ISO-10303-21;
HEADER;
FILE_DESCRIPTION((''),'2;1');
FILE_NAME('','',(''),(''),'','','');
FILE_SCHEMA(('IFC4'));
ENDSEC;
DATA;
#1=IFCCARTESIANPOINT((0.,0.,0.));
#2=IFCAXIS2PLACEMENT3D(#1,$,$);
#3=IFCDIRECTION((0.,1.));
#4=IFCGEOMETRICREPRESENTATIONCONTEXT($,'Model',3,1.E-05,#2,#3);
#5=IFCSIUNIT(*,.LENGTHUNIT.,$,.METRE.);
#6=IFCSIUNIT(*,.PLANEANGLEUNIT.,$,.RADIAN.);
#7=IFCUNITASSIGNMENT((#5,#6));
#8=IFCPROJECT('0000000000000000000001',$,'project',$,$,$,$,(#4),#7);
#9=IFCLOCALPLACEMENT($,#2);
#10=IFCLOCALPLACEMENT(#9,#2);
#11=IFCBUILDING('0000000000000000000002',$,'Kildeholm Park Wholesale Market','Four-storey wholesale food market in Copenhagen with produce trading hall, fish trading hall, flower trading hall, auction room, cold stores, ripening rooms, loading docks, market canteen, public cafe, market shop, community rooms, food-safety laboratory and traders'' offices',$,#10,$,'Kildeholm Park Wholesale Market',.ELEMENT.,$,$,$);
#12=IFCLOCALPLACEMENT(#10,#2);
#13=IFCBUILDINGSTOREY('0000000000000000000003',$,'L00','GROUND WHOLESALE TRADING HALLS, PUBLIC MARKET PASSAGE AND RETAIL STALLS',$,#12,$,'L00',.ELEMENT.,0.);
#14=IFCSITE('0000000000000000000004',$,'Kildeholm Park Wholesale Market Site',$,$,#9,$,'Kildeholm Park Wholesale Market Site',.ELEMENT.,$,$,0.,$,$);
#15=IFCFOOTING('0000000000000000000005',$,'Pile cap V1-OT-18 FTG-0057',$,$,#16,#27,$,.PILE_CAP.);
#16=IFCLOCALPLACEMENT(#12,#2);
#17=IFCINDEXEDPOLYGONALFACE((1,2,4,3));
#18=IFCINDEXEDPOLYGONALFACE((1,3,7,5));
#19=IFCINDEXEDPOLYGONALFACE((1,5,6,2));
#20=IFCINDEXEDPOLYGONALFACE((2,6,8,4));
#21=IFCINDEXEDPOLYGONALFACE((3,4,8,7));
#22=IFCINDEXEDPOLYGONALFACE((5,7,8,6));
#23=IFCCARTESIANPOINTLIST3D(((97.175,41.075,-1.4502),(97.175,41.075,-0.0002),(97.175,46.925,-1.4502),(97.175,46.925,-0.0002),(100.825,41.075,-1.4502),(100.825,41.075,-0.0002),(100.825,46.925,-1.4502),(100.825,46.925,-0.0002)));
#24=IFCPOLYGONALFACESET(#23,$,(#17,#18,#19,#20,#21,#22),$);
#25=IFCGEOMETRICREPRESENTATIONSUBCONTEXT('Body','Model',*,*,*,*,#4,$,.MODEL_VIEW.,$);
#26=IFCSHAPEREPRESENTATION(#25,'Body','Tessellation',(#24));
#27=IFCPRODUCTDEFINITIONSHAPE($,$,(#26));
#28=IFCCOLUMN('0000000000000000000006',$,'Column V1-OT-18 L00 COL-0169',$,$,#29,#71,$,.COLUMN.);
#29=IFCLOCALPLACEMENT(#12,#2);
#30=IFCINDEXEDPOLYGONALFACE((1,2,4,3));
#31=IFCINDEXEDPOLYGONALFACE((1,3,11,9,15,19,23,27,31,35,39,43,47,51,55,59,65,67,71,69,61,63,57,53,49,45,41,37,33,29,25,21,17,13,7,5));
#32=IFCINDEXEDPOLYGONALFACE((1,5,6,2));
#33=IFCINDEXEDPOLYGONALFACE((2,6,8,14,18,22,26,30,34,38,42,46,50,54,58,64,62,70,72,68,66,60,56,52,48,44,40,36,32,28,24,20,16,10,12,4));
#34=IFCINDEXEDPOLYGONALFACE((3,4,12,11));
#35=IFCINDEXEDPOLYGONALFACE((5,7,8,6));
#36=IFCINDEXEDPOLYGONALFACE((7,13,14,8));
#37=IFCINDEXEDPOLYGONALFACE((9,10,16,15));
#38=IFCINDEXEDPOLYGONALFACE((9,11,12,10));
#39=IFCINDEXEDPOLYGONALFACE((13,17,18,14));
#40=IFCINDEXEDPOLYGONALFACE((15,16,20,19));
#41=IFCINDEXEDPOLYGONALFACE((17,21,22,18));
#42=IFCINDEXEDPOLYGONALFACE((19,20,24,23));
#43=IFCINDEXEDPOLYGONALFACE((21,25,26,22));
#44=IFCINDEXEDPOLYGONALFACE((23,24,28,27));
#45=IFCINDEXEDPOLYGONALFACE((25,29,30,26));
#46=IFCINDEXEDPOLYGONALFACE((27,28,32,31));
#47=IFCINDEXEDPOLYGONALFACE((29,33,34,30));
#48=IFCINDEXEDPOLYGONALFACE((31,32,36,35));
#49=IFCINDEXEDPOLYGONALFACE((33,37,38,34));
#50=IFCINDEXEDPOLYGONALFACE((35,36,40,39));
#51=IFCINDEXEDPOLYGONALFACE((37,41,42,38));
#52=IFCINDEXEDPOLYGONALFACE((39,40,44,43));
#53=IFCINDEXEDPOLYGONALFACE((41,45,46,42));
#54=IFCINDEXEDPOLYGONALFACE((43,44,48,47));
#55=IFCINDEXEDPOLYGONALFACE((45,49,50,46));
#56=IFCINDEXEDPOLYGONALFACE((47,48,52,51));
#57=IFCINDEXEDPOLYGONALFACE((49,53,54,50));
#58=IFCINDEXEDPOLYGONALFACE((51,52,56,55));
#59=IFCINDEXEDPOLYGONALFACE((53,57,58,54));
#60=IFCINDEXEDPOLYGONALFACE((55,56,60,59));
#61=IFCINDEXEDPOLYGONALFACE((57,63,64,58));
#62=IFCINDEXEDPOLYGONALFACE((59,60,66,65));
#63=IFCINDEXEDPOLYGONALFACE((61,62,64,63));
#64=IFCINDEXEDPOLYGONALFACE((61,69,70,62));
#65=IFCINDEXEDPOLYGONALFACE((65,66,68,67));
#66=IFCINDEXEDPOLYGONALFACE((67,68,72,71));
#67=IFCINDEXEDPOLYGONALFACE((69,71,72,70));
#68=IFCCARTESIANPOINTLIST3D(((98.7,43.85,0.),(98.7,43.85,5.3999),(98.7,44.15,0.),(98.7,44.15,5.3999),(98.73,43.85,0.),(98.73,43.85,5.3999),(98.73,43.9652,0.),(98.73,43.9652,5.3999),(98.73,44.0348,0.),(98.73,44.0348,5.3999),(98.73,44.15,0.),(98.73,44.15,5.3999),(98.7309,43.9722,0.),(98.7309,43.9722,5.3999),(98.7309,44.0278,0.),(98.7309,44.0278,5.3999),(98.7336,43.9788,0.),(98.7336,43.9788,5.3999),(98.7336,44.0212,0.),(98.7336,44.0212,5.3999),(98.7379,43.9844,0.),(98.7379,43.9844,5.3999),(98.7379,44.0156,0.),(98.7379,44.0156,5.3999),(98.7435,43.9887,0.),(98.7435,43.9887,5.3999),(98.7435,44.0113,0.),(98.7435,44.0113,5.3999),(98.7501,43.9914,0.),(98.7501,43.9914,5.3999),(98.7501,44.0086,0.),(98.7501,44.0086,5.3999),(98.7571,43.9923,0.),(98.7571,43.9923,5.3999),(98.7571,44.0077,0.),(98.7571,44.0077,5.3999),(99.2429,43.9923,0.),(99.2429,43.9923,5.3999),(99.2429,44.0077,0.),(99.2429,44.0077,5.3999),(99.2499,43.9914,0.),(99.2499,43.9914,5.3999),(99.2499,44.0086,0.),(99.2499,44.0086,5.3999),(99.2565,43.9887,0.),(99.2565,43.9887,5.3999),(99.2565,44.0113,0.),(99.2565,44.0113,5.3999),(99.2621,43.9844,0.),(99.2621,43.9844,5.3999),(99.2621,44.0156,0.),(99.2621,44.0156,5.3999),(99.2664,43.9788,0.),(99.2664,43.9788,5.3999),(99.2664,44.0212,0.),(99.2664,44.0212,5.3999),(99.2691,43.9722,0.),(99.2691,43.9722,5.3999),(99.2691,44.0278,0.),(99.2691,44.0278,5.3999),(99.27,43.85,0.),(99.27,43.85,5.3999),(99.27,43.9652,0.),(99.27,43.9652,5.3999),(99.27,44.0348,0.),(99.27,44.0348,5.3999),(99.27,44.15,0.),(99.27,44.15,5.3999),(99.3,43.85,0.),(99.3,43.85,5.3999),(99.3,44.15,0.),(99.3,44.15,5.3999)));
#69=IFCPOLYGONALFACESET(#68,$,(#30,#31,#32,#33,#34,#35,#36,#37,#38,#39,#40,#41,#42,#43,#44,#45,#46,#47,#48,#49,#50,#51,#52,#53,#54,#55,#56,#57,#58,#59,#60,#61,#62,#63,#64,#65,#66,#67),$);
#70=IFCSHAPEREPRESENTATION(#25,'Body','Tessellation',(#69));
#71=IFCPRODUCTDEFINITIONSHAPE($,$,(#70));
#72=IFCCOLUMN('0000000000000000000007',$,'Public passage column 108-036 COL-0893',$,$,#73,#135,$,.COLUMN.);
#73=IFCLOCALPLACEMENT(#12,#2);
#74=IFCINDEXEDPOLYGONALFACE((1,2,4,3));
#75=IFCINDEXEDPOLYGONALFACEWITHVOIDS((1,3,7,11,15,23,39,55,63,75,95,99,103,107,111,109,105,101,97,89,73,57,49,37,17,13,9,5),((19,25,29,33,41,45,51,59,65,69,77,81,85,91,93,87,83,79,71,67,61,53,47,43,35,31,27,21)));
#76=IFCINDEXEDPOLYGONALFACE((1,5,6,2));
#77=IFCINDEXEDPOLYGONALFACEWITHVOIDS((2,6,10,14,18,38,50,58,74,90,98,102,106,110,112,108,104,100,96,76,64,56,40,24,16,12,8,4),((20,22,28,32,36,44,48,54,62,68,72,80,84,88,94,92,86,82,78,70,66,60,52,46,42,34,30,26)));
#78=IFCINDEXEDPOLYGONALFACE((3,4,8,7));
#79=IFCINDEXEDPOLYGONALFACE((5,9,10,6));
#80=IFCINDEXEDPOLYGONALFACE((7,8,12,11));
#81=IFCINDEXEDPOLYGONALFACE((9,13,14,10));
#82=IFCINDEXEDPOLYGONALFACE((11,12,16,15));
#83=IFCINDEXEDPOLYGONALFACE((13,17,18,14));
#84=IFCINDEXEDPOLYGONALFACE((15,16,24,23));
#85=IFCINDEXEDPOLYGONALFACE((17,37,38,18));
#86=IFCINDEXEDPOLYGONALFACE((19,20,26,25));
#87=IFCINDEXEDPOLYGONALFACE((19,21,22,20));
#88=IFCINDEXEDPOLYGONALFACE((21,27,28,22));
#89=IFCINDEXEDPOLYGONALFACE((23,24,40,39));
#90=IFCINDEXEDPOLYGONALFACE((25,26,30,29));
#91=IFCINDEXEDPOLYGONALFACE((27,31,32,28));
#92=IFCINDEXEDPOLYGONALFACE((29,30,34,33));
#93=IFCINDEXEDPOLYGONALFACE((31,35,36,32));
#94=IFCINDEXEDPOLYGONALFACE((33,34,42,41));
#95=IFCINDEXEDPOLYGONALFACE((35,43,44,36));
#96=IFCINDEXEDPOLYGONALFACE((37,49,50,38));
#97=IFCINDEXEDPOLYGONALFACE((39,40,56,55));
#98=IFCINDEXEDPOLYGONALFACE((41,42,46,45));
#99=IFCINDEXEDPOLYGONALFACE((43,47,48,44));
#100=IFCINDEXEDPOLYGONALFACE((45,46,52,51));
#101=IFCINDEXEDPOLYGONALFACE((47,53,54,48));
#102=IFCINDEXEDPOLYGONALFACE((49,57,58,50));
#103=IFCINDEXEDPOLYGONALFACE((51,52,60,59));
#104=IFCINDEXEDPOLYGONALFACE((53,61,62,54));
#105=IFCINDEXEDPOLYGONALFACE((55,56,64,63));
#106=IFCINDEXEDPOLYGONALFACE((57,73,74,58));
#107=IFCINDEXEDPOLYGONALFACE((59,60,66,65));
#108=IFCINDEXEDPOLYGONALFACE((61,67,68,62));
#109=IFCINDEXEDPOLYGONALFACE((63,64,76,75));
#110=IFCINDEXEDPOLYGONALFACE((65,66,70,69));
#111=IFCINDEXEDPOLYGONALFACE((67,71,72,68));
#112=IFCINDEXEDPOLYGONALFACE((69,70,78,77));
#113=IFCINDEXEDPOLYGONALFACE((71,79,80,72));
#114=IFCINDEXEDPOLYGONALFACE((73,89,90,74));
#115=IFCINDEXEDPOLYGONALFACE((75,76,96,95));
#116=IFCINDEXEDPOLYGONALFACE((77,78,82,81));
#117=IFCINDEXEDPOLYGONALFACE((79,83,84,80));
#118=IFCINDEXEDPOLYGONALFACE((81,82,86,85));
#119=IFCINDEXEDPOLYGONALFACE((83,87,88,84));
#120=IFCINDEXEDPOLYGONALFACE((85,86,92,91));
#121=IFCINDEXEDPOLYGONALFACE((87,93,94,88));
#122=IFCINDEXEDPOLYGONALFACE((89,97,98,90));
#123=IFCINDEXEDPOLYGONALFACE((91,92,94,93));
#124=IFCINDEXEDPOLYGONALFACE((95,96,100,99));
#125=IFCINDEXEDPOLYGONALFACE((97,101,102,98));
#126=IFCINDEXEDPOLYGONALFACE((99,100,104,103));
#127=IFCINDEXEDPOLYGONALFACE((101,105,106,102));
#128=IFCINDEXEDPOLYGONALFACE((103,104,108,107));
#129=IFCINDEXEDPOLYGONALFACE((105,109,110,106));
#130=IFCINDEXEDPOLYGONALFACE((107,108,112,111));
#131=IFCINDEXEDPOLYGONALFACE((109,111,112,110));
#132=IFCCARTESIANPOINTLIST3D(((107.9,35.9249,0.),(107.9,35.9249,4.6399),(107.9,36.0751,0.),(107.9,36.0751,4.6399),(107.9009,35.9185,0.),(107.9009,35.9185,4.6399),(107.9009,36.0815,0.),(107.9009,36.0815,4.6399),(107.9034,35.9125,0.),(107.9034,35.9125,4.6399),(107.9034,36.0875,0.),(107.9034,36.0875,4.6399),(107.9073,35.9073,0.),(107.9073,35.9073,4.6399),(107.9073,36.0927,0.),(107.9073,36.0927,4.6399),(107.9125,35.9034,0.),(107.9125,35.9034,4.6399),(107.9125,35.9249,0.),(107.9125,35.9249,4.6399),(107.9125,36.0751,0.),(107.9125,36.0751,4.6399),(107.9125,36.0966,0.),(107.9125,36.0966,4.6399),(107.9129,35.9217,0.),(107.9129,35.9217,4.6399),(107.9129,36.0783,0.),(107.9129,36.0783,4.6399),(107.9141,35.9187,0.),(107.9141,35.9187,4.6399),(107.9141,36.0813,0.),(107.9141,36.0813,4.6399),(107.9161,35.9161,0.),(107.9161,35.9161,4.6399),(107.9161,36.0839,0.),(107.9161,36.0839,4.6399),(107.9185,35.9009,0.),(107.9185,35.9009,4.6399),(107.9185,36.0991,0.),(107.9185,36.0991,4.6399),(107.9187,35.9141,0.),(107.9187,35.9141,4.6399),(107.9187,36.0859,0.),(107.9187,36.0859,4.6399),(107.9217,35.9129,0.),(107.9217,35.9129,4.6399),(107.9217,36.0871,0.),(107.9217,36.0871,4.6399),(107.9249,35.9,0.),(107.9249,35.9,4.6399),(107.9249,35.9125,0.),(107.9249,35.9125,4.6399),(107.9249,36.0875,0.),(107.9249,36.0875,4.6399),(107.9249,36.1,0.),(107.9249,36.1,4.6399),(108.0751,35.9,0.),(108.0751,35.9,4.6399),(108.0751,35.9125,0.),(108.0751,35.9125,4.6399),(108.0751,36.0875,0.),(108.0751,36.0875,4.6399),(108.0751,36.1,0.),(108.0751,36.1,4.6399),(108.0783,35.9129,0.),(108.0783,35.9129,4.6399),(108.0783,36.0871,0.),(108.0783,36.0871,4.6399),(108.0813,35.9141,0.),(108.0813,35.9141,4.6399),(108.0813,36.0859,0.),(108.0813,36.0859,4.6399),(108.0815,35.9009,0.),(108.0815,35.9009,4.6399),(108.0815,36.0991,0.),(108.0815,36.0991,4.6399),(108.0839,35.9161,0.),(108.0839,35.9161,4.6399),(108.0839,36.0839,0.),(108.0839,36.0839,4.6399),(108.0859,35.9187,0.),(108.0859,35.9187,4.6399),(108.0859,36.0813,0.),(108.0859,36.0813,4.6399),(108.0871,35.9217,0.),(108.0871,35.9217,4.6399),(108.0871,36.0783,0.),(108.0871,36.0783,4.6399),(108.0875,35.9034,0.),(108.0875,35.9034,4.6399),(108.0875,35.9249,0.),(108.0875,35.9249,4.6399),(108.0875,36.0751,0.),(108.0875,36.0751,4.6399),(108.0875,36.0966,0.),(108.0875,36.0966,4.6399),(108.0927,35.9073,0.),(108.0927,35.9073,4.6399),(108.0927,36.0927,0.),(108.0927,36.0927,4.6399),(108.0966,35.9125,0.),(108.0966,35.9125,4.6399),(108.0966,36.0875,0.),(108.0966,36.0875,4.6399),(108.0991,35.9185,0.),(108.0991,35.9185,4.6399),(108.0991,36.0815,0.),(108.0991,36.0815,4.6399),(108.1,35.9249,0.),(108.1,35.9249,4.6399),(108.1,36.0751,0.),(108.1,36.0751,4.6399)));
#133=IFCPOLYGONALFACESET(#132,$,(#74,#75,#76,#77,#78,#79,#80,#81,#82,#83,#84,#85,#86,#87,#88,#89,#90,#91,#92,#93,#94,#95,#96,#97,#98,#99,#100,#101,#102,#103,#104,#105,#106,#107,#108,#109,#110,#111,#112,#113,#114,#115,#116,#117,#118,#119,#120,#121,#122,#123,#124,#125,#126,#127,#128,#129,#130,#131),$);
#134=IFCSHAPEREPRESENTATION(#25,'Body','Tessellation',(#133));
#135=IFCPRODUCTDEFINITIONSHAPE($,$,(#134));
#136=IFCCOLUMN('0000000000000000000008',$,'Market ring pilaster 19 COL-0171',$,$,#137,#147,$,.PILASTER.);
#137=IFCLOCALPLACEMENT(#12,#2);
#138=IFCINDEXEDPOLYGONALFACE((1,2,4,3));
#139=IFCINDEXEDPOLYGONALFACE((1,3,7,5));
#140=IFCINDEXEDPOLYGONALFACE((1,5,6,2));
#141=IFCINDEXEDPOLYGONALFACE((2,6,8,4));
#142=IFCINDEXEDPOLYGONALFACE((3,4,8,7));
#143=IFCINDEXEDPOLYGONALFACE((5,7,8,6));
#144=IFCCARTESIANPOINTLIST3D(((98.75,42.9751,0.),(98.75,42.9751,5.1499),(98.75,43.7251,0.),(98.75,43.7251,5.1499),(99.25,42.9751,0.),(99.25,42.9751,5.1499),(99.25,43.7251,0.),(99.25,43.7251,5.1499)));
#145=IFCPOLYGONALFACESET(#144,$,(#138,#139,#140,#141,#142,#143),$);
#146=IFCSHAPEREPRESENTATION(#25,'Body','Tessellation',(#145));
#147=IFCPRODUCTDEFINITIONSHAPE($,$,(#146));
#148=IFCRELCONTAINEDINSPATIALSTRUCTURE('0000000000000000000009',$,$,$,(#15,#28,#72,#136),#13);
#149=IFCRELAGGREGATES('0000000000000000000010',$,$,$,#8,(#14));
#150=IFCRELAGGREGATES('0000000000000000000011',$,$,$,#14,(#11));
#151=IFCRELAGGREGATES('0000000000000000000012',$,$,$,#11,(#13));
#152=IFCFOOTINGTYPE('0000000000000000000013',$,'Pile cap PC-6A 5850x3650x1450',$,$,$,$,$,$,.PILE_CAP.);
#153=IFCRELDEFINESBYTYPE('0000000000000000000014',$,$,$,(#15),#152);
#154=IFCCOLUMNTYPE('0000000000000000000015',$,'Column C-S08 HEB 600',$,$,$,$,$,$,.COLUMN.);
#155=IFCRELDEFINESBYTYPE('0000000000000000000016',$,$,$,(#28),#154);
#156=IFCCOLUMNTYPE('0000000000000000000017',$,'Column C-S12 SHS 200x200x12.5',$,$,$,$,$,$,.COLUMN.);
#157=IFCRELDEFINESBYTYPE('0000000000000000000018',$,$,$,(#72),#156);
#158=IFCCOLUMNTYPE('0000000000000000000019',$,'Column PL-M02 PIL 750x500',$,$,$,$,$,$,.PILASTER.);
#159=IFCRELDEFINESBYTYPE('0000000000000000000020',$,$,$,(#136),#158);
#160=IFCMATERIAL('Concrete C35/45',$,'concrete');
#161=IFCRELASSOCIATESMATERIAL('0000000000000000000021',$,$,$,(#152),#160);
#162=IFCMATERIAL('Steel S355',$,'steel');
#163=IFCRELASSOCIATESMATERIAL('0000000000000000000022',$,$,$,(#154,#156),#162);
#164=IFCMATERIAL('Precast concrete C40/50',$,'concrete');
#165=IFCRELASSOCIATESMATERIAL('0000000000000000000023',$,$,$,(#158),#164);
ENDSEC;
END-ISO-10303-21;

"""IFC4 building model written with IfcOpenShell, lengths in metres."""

from ifc_helpers import new_model, si_unit, direction, frame, origin, origin_2d, place, context, subcontext, project, spatial, rectangle, hollow_rectangle, i_section, extrude, material, material_profile, profile_set, type_object, element, save


model = new_model("IFC4")

# Units and contexts
model_context = context("Model", 3, precision=1e-05, world=origin(), true_north=direction((0.0, 1.0)))
body_context = subcontext(model_context, "Body", "Model", "MODEL_VIEW")
ifc_project = project(units=[si_unit("LENGTHUNIT", "METRE"), si_unit("PLANEANGLEUNIT", "RADIAN")], contexts=[model_context])

# Site, building, storey
site_placement = place(None, origin())
site = spatial("IfcSite", under=ifc_project, at=site_placement, Name="Kildeholm Park Wholesale Market Site", LongName="Kildeholm Park Wholesale Market Site", CompositionType="ELEMENT", RefElevation=0.0)
building_placement = place(site_placement, origin())
building = spatial("IfcBuilding", under=site, at=building_placement, Name="Kildeholm Park Wholesale Market", Description="Four-storey wholesale food market in Copenhagen with produce trading hall, fish trading hall, flower trading hall, auction room, cold stores, ripening rooms, loading docks, market canteen, public cafe, market shop, community rooms, food-safety laboratory and traders' offices", LongName="Kildeholm Park Wholesale Market", CompositionType="ELEMENT")
storey_placement = place(building_placement, origin())
storey = spatial("IfcBuildingStorey", under=building, at=storey_placement, Name="L00", Description="GROUND WHOLESALE TRADING HALLS, PUBLIC MARKET PASSAGE AND RETAIL STALLS", LongName="L00", CompositionType="ELEMENT", Elevation=0.0)

# Shared definitions
ifc_material_1 = material(Name="Concrete C35/45", Category="concrete")

# Footing
footing_type_1 = type_object("IfcFootingType", Name="Pile cap PC-6A 5850x3650x1450", PredefinedType="PILE_CAP", material=ifc_material_1)
footing_1_placement = place(storey_placement, frame((99.0, 44.0, -1.4502), z_axis=(0.0, 0.0, 1.0), x_axis=(0.0, -1.0, 0.0)))
element("IfcFooting", 1, at=footing_1_placement, inside=storey, type_object=footing_type_1, Name="Pile cap V1-OT-18 FTG-0057", PredefinedType="PILE_CAP", context=body_context, shape_type="SweptSolid", body=[
    extrude(rectangle(XDim=5.8501, YDim=3.6499, at=origin_2d()), origin(), (0.0, 0.0, 1.0), 1.45),
])

# Columns
ifc_material_2 = material(Name="Steel S355", Category="steel")
ifc_material_profile_1 = material_profile(ifc_material_2, i_section(OverallWidth=0.3, OverallDepth=0.6001, WebThickness=0.0154, FlangeThickness=0.03, FilletRadius=0.0271, at=origin_2d()), Name="HEB 600")
ifc_profile_set_1 = profile_set([ifc_material_profile_1], Name="Steel S355")
column_type_1 = type_object("IfcColumnType", Name="Column C-S08 HEB 600", PredefinedType="COLUMN", material=ifc_profile_set_1)
column_1_placement = place(storey_placement, frame((99.0, 44.0, 0.0), z_axis=(0.0, 0.0, 1.0), x_axis=(0.0, -1.0, 0.0)))
element("IfcColumn", 2, at=column_1_placement, inside=storey, type_object=column_type_1, Name="Column V1-OT-18 L00 COL-0169", PredefinedType="COLUMN", context=body_context, shape_type="SweptSolid", body=[
    extrude(i_section(OverallWidth=0.3, OverallDepth=0.6001, WebThickness=0.0154, FlangeThickness=0.03, FilletRadius=0.0271, at=origin_2d()), origin(), (0.0, 0.0, 1.0), 5.3999),
])
ifc_material_profile_2 = material_profile(ifc_material_2, hollow_rectangle(XDim=0.2, YDim=0.2, WallThickness=0.0125, InnerFilletRadius=0.0125, OuterFilletRadius=0.0249, at=origin_2d()), Name="SHS 200x200x12.5")
ifc_profile_set_2 = profile_set([ifc_material_profile_2], Name="Steel S355")
column_type_2 = type_object("IfcColumnType", Name="Column C-S12 SHS 200x200x12.5", PredefinedType="COLUMN", material=ifc_profile_set_2)
column_2_placement = place(storey_placement, frame((108.0, 36.0, 0.0), z_axis=(0.0, 0.0, 1.0), x_axis=(1.0, 0.0, 0.0)))
element("IfcColumn", 3, at=column_2_placement, inside=storey, type_object=column_type_2, Name="Public passage column 108-036 COL-0893", PredefinedType="COLUMN", context=body_context, shape_type="SweptSolid", body=[
    extrude(hollow_rectangle(XDim=0.2, YDim=0.2, WallThickness=0.0125, InnerFilletRadius=0.0125, OuterFilletRadius=0.0249, at=origin_2d()), origin(), (0.0, 0.0, 1.0), 4.6399),
])
ifc_material_3 = material(Name="Precast concrete C40/50", Category="concrete")
ifc_material_profile_3 = material_profile(ifc_material_3, rectangle(XDim=0.75, YDim=0.5, at=origin_2d()), Name="PIL 750x500")
ifc_profile_set_3 = profile_set([ifc_material_profile_3], Name="Precast concrete C40/50")
column_type_3 = type_object("IfcColumnType", Name="Column PL-M02 PIL 750x500", PredefinedType="PILASTER", material=ifc_profile_set_3)
column_3_placement = place(storey_placement, frame((99.0, 43.3501, 0.0), z_axis=(0.0, 0.0, 1.0), x_axis=(0.0, -1.0, 0.0)))
element("IfcColumn", 4, at=column_3_placement, inside=storey, type_object=column_type_3, Name="Market ring pilaster 19 COL-0171", PredefinedType="PILASTER", context=body_context, shape_type="SweptSolid", body=[
    extrude(rectangle(XDim=0.75, YDim=0.5, at=origin_2d()), origin(), (0.0, 0.0, 1.0), 5.1499),
])

save(model, "model.ifc")
